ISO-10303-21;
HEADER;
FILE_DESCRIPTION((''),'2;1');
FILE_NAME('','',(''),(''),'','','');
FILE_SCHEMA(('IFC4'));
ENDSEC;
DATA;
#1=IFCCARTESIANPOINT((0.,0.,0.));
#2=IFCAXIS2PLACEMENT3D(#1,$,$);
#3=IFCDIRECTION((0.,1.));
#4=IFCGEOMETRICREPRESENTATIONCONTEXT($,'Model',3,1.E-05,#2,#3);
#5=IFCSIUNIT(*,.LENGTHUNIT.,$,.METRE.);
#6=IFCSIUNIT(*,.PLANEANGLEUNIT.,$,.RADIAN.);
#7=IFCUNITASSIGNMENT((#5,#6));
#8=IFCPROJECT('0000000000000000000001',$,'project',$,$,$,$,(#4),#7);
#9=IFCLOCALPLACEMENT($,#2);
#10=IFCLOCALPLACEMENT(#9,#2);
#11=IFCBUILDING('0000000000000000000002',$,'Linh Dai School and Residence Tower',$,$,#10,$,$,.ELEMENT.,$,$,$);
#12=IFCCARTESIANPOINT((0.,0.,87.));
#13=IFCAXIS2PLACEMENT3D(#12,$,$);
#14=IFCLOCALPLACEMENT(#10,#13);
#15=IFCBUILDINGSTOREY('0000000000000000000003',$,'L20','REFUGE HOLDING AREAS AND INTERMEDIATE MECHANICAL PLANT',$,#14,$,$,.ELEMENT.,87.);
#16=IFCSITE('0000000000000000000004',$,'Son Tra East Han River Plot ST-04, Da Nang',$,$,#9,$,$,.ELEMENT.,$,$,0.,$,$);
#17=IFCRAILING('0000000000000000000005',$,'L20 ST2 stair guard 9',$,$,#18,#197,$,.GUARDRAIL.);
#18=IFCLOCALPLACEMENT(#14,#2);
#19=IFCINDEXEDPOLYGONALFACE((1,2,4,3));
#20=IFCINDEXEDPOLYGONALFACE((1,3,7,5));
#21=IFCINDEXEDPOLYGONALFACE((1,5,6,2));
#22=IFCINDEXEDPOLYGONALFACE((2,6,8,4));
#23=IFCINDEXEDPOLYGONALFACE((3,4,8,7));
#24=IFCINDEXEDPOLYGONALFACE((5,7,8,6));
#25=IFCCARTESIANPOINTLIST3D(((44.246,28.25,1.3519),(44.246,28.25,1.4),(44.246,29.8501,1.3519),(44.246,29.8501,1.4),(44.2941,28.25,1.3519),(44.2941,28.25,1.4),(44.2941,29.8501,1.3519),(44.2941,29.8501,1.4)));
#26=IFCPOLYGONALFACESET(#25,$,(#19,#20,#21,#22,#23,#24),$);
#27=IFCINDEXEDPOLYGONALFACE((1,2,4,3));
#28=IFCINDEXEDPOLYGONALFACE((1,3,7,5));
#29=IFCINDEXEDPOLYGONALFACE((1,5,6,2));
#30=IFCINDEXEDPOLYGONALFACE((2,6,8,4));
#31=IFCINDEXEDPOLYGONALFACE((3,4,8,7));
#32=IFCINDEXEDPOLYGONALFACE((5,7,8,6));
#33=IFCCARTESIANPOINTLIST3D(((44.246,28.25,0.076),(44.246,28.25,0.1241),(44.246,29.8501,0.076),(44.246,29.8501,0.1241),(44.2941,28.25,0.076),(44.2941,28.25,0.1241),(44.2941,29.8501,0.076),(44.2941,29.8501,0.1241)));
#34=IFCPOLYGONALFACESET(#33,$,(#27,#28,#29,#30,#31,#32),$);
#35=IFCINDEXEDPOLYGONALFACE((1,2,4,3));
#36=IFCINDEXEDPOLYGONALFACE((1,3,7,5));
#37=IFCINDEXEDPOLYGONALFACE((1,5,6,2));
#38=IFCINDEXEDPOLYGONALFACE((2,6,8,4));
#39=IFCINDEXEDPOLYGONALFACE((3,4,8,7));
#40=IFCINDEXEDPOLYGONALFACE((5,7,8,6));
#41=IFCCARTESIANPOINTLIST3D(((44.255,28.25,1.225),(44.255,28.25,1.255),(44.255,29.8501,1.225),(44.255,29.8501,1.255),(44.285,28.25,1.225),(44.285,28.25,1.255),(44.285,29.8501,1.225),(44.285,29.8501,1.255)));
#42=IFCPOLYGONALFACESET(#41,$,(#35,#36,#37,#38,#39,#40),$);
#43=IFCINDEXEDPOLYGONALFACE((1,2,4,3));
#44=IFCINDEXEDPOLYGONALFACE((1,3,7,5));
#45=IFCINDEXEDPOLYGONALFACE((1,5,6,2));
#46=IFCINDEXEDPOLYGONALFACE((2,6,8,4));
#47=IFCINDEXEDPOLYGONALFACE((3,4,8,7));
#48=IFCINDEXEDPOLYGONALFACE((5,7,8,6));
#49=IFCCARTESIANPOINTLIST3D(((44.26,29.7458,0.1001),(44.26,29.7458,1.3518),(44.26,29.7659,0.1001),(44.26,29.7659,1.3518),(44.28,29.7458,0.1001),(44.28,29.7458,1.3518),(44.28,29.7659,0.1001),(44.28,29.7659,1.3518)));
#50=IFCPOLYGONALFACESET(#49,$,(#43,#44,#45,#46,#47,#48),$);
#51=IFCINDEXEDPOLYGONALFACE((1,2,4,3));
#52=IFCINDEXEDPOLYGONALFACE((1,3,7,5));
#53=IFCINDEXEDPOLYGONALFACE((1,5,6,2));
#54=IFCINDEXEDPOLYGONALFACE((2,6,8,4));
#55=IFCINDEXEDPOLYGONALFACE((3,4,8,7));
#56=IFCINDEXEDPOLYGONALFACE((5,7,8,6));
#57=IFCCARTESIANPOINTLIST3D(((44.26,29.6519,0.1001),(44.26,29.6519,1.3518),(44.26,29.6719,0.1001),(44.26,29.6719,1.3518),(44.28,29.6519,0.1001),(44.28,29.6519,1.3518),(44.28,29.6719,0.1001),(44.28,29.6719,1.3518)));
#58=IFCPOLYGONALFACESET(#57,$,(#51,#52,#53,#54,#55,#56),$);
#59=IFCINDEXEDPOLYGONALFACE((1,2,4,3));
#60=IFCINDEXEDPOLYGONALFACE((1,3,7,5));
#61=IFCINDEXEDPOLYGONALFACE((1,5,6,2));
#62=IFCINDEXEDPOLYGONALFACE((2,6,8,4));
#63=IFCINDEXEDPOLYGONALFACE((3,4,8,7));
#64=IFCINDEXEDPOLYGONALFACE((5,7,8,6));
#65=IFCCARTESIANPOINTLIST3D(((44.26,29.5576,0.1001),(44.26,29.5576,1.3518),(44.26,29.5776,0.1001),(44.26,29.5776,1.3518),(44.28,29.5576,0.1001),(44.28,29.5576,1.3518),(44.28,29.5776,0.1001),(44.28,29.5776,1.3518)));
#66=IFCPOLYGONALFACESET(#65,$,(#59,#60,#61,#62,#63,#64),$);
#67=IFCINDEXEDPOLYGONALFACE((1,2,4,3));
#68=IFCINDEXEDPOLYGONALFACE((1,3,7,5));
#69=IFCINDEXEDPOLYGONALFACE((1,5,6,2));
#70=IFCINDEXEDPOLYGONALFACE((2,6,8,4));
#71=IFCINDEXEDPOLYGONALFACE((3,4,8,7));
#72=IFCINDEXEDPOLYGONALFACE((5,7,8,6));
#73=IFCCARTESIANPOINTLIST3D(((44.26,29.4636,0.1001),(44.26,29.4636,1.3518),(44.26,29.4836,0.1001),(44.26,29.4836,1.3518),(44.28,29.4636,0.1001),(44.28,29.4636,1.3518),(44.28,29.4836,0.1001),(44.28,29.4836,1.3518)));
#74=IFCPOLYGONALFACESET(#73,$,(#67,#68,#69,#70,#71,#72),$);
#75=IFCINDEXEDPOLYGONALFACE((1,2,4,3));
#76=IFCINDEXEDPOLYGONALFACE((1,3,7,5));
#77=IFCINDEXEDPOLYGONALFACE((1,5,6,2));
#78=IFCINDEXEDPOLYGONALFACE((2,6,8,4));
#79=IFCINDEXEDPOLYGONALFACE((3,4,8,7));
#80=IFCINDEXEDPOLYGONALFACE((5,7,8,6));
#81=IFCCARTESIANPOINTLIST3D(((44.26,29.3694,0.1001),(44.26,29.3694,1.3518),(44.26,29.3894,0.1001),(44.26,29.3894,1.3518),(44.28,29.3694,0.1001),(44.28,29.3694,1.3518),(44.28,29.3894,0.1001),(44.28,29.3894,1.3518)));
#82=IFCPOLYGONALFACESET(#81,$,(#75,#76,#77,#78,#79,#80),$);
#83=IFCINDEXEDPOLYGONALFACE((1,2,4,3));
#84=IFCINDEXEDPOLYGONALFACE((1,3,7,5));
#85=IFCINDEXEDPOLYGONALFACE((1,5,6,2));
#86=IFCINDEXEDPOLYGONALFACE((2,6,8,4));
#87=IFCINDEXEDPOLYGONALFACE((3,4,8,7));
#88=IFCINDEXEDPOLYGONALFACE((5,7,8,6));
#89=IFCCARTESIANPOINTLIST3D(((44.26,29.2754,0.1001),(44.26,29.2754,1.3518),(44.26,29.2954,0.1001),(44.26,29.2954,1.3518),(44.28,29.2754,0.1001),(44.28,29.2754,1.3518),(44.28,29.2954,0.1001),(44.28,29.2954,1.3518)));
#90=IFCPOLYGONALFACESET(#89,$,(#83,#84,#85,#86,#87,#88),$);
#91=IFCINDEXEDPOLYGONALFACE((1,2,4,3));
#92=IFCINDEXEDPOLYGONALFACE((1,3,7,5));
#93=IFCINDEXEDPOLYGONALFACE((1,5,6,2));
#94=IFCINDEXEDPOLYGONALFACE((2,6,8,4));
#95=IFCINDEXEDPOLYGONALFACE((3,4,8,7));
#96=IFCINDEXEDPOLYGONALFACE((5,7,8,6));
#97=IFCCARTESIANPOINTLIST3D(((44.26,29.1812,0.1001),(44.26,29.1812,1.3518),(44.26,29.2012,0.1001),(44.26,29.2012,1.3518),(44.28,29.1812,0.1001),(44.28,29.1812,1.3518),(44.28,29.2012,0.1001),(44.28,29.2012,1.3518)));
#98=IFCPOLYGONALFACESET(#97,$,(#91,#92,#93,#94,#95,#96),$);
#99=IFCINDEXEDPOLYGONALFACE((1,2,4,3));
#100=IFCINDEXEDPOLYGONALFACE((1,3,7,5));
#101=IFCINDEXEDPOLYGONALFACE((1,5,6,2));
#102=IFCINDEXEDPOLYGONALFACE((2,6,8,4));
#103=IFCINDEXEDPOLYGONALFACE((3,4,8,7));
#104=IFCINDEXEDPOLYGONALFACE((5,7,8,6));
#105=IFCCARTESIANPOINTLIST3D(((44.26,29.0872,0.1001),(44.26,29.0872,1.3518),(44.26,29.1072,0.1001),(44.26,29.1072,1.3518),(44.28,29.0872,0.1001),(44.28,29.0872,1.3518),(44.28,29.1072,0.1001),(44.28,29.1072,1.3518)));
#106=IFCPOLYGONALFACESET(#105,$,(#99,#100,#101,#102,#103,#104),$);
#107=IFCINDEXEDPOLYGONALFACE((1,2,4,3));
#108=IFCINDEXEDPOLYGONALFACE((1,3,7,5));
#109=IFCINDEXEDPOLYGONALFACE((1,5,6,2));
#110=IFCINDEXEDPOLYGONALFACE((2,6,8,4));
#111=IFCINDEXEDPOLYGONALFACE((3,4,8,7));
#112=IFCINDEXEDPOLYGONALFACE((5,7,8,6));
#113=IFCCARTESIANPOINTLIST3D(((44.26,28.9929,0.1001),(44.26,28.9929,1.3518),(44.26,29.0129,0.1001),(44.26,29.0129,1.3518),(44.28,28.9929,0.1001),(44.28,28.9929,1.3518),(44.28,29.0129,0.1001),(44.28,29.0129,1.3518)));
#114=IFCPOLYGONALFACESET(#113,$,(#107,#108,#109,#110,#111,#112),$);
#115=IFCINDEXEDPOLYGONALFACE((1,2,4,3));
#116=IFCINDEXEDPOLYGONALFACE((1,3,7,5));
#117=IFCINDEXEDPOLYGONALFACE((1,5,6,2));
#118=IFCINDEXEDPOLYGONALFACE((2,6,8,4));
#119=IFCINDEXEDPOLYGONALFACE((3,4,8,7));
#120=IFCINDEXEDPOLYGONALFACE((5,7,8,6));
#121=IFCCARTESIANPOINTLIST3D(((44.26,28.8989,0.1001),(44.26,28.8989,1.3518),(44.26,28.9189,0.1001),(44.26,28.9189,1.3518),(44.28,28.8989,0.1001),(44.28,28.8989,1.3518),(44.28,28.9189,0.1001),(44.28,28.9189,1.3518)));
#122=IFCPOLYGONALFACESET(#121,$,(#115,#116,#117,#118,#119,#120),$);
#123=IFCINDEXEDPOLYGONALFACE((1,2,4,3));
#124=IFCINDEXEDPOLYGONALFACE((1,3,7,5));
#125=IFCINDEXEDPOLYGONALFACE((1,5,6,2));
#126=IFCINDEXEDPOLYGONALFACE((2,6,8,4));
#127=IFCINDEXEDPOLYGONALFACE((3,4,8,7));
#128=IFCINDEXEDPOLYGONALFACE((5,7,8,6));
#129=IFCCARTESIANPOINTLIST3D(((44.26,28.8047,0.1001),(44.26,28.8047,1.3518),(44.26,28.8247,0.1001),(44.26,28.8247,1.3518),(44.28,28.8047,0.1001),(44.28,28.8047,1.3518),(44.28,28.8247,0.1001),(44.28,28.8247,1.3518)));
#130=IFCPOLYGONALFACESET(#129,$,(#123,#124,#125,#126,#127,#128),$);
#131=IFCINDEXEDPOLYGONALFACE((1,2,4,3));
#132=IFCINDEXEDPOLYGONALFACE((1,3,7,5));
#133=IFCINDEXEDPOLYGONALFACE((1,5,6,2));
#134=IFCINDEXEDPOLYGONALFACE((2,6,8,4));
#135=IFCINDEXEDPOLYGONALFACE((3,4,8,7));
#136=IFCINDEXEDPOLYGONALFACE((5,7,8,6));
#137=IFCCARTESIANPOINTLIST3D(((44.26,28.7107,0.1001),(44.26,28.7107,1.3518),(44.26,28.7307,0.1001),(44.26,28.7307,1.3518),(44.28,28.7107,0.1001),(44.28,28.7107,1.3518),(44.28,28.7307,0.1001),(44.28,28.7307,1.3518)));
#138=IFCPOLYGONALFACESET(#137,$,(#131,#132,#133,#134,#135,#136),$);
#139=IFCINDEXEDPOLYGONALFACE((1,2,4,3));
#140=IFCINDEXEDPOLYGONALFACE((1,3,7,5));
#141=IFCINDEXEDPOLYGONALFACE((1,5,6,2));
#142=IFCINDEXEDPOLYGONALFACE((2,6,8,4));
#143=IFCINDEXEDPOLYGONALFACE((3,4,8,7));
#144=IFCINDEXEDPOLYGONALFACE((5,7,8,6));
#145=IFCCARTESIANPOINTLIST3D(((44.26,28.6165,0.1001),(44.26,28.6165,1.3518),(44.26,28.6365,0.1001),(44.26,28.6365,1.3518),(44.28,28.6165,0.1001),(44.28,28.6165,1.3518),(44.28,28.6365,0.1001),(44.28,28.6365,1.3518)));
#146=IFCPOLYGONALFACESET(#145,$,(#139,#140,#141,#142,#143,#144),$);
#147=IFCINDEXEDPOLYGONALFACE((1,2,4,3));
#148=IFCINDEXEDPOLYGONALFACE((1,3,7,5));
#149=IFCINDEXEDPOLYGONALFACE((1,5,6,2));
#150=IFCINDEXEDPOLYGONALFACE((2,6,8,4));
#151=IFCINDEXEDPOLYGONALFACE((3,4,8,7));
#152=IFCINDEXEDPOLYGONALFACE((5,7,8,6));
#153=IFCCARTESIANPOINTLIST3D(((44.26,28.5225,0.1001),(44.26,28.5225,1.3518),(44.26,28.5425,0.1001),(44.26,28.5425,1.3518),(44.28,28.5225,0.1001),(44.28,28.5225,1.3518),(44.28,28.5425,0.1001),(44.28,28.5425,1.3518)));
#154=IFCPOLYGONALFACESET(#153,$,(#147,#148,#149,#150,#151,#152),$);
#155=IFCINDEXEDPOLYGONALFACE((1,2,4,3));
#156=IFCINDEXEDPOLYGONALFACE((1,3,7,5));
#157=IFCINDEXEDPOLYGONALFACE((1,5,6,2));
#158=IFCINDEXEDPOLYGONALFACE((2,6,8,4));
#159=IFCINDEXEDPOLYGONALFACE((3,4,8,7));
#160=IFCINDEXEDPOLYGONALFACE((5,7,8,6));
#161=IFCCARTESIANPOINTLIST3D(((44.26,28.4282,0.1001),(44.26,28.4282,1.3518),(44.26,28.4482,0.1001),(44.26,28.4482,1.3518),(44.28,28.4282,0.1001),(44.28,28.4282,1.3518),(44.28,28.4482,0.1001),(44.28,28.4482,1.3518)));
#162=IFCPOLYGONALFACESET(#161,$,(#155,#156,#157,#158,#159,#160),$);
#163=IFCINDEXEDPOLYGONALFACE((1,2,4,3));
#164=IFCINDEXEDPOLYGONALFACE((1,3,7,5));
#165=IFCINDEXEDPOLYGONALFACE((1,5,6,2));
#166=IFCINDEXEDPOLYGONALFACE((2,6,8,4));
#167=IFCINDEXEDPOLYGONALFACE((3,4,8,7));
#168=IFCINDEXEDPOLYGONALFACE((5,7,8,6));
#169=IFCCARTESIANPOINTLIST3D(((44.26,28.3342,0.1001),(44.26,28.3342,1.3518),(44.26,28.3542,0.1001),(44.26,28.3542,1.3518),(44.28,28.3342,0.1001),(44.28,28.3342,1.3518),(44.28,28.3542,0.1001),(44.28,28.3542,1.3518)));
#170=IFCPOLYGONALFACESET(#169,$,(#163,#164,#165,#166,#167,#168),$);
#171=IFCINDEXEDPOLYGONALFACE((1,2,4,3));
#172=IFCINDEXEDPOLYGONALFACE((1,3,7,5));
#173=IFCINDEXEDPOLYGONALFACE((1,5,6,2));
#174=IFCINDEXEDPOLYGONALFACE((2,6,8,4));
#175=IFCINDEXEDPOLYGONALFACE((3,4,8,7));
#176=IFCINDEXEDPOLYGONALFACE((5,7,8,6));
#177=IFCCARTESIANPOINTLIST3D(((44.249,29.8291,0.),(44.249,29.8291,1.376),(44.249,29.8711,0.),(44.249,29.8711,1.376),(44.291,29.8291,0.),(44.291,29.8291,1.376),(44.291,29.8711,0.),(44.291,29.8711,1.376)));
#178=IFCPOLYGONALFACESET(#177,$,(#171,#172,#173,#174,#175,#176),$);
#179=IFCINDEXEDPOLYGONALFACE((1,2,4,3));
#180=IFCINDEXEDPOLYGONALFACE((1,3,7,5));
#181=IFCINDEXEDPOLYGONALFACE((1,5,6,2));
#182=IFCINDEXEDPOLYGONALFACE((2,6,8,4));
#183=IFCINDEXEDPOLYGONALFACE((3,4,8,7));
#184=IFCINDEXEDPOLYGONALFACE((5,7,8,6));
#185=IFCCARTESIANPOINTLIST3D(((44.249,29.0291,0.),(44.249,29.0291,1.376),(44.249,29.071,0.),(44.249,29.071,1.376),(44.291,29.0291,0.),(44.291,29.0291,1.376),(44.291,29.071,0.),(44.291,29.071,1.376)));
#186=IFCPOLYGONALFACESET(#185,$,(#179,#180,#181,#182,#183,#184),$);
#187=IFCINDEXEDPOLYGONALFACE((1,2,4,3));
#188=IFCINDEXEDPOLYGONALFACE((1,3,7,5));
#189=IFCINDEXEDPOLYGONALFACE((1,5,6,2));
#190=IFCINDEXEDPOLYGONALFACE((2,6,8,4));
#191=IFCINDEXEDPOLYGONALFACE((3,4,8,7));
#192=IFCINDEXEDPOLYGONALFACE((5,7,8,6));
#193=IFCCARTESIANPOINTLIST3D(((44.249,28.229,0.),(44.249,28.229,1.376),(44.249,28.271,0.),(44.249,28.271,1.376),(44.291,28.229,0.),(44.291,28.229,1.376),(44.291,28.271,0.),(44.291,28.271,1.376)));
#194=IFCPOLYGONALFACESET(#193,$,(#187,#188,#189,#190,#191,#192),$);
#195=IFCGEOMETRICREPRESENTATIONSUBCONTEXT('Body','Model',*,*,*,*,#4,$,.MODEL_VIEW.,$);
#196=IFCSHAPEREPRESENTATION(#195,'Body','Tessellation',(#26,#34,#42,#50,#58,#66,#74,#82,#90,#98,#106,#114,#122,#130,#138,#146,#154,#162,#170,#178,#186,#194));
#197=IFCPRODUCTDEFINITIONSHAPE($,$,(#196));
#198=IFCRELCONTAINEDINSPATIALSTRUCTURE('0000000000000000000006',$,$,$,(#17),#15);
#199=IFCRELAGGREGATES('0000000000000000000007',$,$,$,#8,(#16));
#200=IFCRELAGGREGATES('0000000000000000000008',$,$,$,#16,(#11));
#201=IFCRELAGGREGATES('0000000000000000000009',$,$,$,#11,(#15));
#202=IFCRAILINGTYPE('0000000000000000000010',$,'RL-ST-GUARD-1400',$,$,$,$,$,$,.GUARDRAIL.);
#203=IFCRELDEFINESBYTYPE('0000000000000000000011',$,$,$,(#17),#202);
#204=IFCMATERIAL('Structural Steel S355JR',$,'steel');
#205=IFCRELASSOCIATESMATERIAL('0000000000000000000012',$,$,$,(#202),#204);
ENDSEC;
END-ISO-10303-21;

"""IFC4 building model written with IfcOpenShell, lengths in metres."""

from ifc_helpers import new_model, si_unit, direction, frame, origin, origin_2d, place, context, subcontext, project, spatial, rectangle, extrude, source, transform, mapped, material, type_object, element, save


model = new_model("IFC4")

# Units and contexts
model_context = context("Model", 3, precision=1e-05, world=origin(), true_north=direction((0.0, 1.0)))
body_context = subcontext(model_context, "Body", "Model", "MODEL_VIEW")
ifc_project = project(units=[si_unit("LENGTHUNIT", "METRE"), si_unit("PLANEANGLEUNIT", "RADIAN")], contexts=[model_context])

# Site, building, storey
site_placement = place(None, origin())
site = spatial("IfcSite", under=ifc_project, at=site_placement, Name="Son Tra East Han River Plot ST-04, Da Nang", CompositionType="ELEMENT", RefElevation=0.0)
building_placement = place(site_placement, origin())
building = spatial("IfcBuilding", under=site, at=building_placement, Name="Linh Dai School and Residence Tower", CompositionType="ELEMENT")
storey_placement = place(building_placement, frame((0.0, 0.0, 87.0)))
storey = spatial("IfcBuildingStorey", under=building, at=storey_placement, Name="L20", Description="REFUGE HOLDING AREAS AND INTERMEDIATE MECHANICAL PLANT", CompositionType="ELEMENT", Elevation=87.0)

# Shared definitions
ifc_material_1 = material(Name="Structural Steel S355JR", Category="steel")

# Railing
railing_type_1 = type_object("IfcRailingType", Name="RL-ST-GUARD-1400", PredefinedType="GUARDRAIL", material=ifc_material_1)
shared_shape_1 = source(origin(), body_context, "Body", "SweptSolid", [
    extrude(rectangle(XDim=0.0481, YDim=0.0481, at=origin_2d()), frame((0.0, 0.0, 1.376), z_axis=(0.0, -1.0, 0.0), x_axis=(1.0, 0.0, 0.0)), (0.0, 0.0, 1.0), 1.6001),
    extrude(rectangle(XDim=0.0481, YDim=0.0481, at=origin_2d()), frame((0.0, 0.0, 0.1001), z_axis=(0.0, -1.0, 0.0), x_axis=(1.0, 0.0, 0.0)), (0.0, 0.0, 1.0), 1.6001),
    extrude(rectangle(XDim=0.03, YDim=0.03, at=origin_2d()), frame((0.0, 0.0, 1.24), z_axis=(0.0, -1.0, 0.0), x_axis=(1.0, 0.0, 0.0)), (0.0, 0.0, 1.0), 1.6001),
    extrude(rectangle(XDim=0.02, YDim=0.02, at=origin_2d()), frame((0.0, -0.0942, 0.1001)), (0.0, 0.0, 1.0), 1.2517),
    extrude(rectangle(XDim=0.02, YDim=0.02, at=origin_2d()), frame((0.0, -0.1882, 0.1001)), (0.0, 0.0, 1.0), 1.2517),
    extrude(rectangle(XDim=0.02, YDim=0.02, at=origin_2d()), frame((0.0, -0.2825, 0.1001)), (0.0, 0.0, 1.0), 1.2517),
    extrude(rectangle(XDim=0.02, YDim=0.02, at=origin_2d()), frame((0.0, -0.3765, 0.1001)), (0.0, 0.0, 1.0), 1.2517),
    extrude(rectangle(XDim=0.02, YDim=0.02, at=origin_2d()), frame((0.0, -0.4707, 0.1001)), (0.0, 0.0, 1.0), 1.2517),
    extrude(rectangle(XDim=0.02, YDim=0.02, at=origin_2d()), frame((0.0, -0.5647, 0.1001)), (0.0, 0.0, 1.0), 1.2517),
    extrude(rectangle(XDim=0.02, YDim=0.02, at=origin_2d()), frame((0.0, -0.6589, 0.1001)), (0.0, 0.0, 1.0), 1.2517),
    extrude(rectangle(XDim=0.02, YDim=0.02, at=origin_2d()), frame((0.0, -0.7529, 0.1001)), (0.0, 0.0, 1.0), 1.2517),
    extrude(rectangle(XDim=0.02, YDim=0.02, at=origin_2d()), frame((0.0, -0.8472, 0.1001)), (0.0, 0.0, 1.0), 1.2517),
    extrude(rectangle(XDim=0.02, YDim=0.02, at=origin_2d()), frame((0.0, -0.9412, 0.1001)), (0.0, 0.0, 1.0), 1.2517),
    extrude(rectangle(XDim=0.02, YDim=0.02, at=origin_2d()), frame((0.0, -1.0354, 0.1001)), (0.0, 0.0, 1.0), 1.2517),
    extrude(rectangle(XDim=0.02, YDim=0.02, at=origin_2d()), frame((0.0, -1.1294, 0.1001)), (0.0, 0.0, 1.0), 1.2517),
    extrude(rectangle(XDim=0.02, YDim=0.02, at=origin_2d()), frame((0.0, -1.2236, 0.1001)), (0.0, 0.0, 1.0), 1.2517),
    extrude(rectangle(XDim=0.02, YDim=0.02, at=origin_2d()), frame((0.0, -1.3176, 0.1001)), (0.0, 0.0, 1.0), 1.2517),
    extrude(rectangle(XDim=0.02, YDim=0.02, at=origin_2d()), frame((0.0, -1.4119, 0.1001)), (0.0, 0.0, 1.0), 1.2517),
    extrude(rectangle(XDim=0.02, YDim=0.02, at=origin_2d()), frame((0.0, -1.5059, 0.1001)), (0.0, 0.0, 1.0), 1.2517),
    extrude(rectangle(XDim=0.042, YDim=0.042, at=origin_2d()), origin(), (0.0, 0.0, 1.0), 1.376),
    extrude(rectangle(XDim=0.042, YDim=0.042, at=origin_2d()), frame((0.0, -0.8, 0.0)), (0.0, 0.0, 1.0), 1.376),
    extrude(rectangle(XDim=0.042, YDim=0.042, at=origin_2d()), frame((0.0, -1.6001, 0.0)), (0.0, 0.0, 1.0), 1.376),
])
for number, where, name in (
    (1, (44.27, 29.8501, 0.0), "L20 ST2 stair guard 9"),
):
    element("IfcRailing", number, at=place(storey_placement, frame(where)), inside=storey, type_object=railing_type_1, Name=name, PredefinedType="GUARDRAIL", context=body_context, shape_type="MappedRepresentation", body=[
        mapped(shared_shape_1, transform((0.0, 0.0, 0.0), x_axis=(1.0, 0.0, 0.0), y_axis=(0.0, 1.0, 0.0), z_axis=(0.0, 0.0, 1.0), scale=1.0)),
    ])

save(model, "model.ifc")
